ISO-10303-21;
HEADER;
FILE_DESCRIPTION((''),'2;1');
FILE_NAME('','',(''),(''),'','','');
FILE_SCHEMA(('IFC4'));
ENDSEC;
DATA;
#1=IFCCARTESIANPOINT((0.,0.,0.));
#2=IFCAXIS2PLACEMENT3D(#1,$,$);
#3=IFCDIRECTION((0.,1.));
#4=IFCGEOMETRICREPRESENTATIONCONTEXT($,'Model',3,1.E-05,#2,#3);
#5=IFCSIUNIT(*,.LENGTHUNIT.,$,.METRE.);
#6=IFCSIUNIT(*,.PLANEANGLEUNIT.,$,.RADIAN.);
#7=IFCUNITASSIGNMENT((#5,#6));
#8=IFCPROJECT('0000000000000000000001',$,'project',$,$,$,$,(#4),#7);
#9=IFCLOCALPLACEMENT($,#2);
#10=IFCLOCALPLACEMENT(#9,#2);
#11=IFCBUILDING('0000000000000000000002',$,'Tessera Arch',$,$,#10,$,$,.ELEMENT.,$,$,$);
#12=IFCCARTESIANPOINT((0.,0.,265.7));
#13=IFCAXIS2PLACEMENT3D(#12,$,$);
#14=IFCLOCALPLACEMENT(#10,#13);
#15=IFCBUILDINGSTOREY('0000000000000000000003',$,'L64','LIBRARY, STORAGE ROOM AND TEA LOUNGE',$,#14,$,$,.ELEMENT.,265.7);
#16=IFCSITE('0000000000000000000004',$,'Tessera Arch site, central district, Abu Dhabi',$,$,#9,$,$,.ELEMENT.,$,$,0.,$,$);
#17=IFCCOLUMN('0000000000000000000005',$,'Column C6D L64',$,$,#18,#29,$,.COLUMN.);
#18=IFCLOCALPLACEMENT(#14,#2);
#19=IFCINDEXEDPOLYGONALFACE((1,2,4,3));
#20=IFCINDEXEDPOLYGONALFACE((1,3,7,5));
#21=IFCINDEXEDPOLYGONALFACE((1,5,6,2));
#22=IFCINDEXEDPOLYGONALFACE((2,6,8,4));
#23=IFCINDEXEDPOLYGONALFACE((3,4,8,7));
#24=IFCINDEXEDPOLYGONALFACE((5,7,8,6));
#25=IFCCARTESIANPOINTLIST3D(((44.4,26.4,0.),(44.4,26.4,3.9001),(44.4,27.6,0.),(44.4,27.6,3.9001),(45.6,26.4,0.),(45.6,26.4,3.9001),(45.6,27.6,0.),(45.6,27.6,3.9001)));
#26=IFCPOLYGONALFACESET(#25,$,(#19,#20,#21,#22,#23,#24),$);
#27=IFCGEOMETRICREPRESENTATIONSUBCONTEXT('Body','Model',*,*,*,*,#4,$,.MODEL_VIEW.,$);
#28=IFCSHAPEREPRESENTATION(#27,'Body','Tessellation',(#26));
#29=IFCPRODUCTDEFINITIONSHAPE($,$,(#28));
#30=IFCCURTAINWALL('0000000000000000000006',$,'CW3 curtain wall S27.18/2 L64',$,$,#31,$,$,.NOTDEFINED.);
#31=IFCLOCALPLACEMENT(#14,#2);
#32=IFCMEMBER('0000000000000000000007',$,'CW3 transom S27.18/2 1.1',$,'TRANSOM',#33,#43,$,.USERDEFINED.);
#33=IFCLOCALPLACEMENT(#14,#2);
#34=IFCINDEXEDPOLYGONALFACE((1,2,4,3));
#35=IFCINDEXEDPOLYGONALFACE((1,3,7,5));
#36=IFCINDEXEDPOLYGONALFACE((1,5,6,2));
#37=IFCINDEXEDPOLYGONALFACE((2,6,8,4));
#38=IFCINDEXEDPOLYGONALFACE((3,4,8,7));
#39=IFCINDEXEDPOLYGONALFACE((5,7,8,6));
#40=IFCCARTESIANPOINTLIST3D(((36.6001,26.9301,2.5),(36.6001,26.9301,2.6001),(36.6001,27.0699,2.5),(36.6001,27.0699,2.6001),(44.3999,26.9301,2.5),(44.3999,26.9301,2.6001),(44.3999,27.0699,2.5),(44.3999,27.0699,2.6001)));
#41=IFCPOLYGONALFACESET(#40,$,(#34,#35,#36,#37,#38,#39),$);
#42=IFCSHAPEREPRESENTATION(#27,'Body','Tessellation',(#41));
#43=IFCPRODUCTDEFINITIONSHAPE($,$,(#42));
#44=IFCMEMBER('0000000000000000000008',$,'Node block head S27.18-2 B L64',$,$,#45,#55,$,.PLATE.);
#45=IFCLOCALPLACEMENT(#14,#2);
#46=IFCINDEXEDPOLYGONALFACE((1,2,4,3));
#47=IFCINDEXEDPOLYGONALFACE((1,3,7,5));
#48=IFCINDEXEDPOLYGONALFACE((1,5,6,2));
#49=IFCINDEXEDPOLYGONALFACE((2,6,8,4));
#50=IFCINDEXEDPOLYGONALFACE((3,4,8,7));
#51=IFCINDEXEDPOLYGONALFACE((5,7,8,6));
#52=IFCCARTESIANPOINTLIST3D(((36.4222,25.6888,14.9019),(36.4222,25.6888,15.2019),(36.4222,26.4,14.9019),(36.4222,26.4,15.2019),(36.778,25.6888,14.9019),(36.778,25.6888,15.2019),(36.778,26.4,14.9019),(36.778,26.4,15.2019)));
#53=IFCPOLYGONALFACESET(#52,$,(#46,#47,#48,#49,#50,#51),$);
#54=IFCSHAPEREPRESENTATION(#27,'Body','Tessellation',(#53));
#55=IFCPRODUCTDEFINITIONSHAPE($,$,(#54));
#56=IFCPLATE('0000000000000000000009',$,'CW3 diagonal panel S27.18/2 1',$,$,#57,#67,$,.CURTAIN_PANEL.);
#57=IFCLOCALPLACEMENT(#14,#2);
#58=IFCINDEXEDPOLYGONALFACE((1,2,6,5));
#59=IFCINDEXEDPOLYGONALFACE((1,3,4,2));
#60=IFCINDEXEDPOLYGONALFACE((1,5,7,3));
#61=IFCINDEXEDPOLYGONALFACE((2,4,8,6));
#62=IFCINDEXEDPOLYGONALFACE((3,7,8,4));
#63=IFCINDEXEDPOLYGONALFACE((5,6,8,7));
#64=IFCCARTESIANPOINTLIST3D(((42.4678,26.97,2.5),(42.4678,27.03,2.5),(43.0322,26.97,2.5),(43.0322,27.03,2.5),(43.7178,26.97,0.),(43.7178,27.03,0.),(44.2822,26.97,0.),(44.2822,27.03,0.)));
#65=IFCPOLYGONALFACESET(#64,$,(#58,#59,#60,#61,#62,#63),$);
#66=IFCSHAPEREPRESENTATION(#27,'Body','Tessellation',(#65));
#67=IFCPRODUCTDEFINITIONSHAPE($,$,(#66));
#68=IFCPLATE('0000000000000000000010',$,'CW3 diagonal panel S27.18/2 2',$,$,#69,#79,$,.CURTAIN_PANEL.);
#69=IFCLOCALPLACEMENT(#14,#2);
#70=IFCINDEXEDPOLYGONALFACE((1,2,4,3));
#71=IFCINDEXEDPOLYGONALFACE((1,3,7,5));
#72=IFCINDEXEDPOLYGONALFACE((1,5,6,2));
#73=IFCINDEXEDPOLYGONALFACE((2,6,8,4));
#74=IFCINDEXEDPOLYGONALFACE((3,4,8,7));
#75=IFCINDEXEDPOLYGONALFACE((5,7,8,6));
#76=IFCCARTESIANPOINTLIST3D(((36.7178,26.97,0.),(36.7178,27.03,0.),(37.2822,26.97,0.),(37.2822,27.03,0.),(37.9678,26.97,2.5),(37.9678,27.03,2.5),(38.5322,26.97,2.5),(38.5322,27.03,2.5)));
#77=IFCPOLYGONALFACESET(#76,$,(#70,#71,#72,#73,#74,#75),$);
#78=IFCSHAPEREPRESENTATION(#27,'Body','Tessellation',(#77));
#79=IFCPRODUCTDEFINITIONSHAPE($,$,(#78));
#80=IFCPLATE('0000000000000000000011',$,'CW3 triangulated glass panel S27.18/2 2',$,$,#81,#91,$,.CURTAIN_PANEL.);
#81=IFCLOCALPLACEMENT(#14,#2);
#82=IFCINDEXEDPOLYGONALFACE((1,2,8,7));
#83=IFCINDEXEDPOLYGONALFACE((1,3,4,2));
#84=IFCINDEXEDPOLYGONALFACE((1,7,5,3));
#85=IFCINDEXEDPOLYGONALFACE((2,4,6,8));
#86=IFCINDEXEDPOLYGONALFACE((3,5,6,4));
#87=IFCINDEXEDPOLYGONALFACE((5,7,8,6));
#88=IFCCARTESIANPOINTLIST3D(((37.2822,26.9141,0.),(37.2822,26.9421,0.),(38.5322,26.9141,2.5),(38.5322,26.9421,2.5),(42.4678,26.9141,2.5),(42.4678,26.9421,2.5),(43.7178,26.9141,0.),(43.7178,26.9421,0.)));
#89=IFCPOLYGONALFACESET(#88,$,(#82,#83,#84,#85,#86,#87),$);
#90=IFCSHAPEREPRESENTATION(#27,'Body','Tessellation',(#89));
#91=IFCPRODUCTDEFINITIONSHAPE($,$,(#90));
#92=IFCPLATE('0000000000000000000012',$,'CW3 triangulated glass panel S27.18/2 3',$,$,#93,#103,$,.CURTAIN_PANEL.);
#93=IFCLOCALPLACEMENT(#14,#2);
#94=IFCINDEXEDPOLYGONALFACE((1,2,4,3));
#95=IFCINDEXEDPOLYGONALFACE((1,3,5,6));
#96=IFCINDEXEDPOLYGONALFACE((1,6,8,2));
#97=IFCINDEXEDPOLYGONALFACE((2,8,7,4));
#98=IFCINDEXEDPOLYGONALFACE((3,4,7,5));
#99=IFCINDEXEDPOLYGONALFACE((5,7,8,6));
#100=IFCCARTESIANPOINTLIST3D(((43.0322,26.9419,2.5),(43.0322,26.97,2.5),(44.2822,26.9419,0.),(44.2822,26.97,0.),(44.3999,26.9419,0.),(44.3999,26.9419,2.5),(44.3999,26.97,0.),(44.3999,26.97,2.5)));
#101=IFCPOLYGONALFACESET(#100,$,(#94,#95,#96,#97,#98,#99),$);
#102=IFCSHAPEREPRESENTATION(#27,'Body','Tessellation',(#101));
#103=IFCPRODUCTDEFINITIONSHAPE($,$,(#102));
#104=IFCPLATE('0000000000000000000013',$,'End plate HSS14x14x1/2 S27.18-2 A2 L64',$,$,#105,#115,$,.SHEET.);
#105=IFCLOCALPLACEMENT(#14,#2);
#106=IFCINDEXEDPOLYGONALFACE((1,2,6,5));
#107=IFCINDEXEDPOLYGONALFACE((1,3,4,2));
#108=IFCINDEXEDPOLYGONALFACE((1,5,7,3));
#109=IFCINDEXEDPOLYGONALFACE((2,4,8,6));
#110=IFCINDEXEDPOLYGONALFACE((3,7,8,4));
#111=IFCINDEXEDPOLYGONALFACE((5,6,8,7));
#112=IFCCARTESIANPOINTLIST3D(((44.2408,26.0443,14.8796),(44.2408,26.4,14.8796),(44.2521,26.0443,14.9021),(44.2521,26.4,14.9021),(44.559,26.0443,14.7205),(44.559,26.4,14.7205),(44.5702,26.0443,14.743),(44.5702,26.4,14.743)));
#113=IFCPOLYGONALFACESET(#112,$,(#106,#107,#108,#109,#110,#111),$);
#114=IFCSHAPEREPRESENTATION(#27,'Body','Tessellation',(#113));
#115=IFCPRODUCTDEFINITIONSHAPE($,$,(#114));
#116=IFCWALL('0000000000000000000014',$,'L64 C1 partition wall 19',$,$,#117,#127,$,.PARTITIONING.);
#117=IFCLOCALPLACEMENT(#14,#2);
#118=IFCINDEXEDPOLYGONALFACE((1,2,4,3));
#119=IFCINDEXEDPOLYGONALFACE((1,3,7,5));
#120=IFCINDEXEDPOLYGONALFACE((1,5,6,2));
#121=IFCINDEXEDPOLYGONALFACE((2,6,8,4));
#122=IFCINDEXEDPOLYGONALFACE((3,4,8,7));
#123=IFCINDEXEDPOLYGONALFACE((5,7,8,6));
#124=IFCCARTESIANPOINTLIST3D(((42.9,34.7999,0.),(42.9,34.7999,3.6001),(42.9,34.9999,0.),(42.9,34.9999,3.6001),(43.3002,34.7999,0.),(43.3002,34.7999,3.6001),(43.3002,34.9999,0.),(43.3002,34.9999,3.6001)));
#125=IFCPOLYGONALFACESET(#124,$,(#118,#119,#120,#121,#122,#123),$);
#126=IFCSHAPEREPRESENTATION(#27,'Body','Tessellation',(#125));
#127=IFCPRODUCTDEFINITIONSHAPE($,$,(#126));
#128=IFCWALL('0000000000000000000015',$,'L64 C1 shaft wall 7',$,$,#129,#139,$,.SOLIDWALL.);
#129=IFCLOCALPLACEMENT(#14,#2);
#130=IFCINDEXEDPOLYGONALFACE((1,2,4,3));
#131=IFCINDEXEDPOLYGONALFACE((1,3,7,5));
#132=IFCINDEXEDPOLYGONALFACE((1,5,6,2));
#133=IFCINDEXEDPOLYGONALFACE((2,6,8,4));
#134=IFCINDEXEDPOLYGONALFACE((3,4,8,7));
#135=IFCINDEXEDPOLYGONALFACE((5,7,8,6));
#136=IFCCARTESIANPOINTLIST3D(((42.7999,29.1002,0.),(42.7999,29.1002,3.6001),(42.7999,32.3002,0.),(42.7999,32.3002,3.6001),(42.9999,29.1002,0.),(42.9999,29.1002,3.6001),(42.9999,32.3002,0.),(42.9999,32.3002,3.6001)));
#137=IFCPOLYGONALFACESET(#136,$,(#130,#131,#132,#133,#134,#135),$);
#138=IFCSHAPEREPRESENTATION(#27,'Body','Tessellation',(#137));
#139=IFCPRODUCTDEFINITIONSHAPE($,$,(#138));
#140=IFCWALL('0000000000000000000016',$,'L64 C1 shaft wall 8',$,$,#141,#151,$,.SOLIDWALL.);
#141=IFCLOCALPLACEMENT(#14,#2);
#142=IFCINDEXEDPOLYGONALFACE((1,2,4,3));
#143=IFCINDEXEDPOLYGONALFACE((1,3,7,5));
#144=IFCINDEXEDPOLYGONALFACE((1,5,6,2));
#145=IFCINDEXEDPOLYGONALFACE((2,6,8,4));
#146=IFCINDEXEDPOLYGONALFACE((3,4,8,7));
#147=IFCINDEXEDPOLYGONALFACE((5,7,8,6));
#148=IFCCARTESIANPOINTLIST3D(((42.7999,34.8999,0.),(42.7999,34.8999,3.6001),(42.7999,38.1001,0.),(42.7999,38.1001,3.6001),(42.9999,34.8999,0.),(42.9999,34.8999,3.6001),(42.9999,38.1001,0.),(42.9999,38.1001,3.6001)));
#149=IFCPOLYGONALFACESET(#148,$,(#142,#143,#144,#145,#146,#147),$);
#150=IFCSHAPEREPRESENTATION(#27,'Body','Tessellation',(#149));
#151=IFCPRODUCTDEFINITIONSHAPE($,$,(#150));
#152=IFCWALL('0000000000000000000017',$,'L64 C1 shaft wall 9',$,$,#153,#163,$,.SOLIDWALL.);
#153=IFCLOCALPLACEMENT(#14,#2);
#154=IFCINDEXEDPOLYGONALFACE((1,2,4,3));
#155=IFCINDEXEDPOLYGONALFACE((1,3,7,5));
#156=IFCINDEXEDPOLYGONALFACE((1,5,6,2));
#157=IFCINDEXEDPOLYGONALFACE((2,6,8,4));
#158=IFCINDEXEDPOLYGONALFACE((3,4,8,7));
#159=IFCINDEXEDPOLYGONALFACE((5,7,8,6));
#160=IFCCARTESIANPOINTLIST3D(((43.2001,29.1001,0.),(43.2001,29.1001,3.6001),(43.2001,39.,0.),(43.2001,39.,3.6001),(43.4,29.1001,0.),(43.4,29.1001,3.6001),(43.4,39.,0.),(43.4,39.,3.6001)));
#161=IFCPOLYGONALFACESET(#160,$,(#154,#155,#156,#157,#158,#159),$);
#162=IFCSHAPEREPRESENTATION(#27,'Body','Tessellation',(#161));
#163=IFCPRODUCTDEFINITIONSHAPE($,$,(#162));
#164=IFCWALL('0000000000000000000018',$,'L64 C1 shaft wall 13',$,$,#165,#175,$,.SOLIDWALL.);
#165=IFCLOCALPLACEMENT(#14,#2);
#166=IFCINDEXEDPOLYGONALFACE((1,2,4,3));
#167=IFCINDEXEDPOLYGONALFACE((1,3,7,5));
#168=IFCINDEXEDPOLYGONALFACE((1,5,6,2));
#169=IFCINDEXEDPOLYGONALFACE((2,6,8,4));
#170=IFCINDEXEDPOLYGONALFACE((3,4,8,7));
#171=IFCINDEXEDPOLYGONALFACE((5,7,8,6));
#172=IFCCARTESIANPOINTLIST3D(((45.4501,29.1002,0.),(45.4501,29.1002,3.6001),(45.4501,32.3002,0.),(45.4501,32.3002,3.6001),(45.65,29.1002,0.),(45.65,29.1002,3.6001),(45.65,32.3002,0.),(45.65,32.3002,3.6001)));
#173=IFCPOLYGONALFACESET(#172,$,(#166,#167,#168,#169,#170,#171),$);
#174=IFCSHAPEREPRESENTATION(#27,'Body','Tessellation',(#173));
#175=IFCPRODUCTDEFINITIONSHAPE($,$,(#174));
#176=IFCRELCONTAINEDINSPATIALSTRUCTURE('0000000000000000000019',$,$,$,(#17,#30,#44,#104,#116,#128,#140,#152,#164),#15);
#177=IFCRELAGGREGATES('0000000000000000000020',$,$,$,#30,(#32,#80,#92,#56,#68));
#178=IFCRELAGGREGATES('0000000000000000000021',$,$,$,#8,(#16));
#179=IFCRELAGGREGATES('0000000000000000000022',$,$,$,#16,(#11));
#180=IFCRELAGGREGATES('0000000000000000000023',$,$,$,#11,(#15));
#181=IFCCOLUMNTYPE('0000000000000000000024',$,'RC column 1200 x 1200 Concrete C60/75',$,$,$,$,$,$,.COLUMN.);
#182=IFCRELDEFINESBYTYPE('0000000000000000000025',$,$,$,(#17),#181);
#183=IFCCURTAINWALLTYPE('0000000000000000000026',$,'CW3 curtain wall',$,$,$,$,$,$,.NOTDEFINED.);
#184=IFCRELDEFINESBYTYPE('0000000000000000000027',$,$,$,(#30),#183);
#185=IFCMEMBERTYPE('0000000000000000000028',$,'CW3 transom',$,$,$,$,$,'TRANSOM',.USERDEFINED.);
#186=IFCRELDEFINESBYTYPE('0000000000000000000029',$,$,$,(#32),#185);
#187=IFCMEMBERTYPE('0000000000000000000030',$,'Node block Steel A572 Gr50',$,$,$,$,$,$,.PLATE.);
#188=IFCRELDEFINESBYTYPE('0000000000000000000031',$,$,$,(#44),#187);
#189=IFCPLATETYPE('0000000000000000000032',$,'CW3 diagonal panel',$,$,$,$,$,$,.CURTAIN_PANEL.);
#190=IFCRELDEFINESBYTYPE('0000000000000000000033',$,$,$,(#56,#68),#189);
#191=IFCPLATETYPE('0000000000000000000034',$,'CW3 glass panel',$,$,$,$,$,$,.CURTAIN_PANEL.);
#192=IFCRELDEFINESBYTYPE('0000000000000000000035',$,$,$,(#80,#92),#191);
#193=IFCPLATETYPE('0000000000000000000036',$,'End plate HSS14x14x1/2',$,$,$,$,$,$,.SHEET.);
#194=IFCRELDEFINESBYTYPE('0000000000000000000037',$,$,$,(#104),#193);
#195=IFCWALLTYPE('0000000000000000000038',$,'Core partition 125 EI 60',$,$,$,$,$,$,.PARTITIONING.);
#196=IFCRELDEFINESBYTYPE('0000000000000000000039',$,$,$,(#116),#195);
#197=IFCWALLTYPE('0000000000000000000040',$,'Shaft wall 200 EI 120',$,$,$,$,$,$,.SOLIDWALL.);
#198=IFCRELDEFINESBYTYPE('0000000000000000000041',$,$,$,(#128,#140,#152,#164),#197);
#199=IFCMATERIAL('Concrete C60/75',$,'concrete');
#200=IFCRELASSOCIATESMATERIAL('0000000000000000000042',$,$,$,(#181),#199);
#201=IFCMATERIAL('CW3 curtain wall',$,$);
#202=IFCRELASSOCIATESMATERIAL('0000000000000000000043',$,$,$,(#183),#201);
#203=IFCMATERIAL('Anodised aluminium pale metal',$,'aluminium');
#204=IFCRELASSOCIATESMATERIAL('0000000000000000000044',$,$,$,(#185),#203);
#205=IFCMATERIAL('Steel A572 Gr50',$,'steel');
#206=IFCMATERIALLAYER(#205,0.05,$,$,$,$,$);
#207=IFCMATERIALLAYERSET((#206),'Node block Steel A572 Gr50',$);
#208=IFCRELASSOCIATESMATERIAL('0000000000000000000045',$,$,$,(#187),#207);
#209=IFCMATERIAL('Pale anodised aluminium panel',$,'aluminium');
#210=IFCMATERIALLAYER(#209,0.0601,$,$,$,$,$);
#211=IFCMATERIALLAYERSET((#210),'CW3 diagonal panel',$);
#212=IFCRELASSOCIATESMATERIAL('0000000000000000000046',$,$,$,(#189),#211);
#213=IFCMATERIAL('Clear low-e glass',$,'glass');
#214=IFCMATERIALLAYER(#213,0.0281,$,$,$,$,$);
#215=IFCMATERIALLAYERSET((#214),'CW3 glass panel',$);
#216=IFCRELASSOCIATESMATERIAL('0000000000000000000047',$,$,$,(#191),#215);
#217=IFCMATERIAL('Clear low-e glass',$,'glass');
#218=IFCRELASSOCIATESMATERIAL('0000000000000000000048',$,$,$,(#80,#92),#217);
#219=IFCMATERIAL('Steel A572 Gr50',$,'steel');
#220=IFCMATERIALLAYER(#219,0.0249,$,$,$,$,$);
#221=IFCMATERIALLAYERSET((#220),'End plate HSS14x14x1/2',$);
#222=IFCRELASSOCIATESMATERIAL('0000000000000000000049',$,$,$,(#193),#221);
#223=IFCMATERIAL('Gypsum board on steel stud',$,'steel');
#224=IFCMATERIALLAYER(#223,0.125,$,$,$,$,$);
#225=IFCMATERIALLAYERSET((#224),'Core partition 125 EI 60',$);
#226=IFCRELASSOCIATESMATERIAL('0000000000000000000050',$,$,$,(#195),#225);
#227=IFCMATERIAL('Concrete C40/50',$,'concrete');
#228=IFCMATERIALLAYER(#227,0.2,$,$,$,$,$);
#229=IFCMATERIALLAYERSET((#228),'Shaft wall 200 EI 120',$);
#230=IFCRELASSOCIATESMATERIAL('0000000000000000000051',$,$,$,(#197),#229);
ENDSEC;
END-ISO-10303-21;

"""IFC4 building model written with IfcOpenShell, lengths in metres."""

from ifc_helpers import new_model, si_unit, direction, frame, frame_2d, origin, origin_2d, place, context, subcontext, project, spatial, polyline, rectangle, outline, extrude, material, layer, layer_set, material_profile, profile_set, type_object, element, aggregate, save


model = new_model("IFC4")

# Units and contexts
model_context = context("Model", 3, precision=1e-05, world=origin(), true_north=direction((0.0, 1.0)))
body_context = subcontext(model_context, "Body", "Model", "MODEL_VIEW")
ifc_project = project(units=[si_unit("LENGTHUNIT", "METRE"), si_unit("PLANEANGLEUNIT", "RADIAN")], contexts=[model_context])

# Site, building, storey
site_placement = place(None, origin())
site = spatial("IfcSite", under=ifc_project, at=site_placement, Name="Tessera Arch site, central district, Abu Dhabi", CompositionType="ELEMENT", RefElevation=0.0)
building_placement = place(site_placement, origin())
building = spatial("IfcBuilding", under=site, at=building_placement, Name="Tessera Arch", CompositionType="ELEMENT")
storey_placement = place(building_placement, frame((0.0, 0.0, 265.7)))
storey = spatial("IfcBuildingStorey", under=building, at=storey_placement, Name="L64", Description="LIBRARY, STORAGE ROOM AND TEA LOUNGE", CompositionType="ELEMENT", Elevation=265.7)

# Column
ifc_material_1 = material(Name="Concrete C60/75", Category="concrete")
ifc_material_profile_1 = material_profile(ifc_material_1, rectangle(XDim=1.2, YDim=1.2, at=origin_2d()), Name="RC column 1200 x 1200 Concrete C60/75")
ifc_profile_set_1 = profile_set([ifc_material_profile_1], Name="Concrete C60/75")
column_type = type_object("IfcColumnType", Name="RC column 1200 x 1200 Concrete C60/75", PredefinedType="COLUMN", material=ifc_profile_set_1)
column_placement = place(storey_placement, frame((45.0, 27.0, 0.0), z_axis=(0.0, 0.0, 1.0), x_axis=(1.0, 0.0, 0.0)))
element("IfcColumn", 1, at=column_placement, inside=storey, type_object=column_type, Name="Column C6D L64", PredefinedType="COLUMN", context=body_context, shape_type="SweptSolid", body=[
    extrude(rectangle(XDim=1.2, YDim=1.2, at=origin_2d()), origin(), (0.0, 0.0, 1.0), 3.9001),
])

# Curtain wall, member
ifc_material_2 = material(Name="CW3 curtain wall")
curtain_wall_type = type_object("IfcCurtainWallType", Name="CW3 curtain wall", PredefinedType="NOTDEFINED", material=ifc_material_2)
curtain_wall_placement = place(storey_placement, origin())
curtain_wall = element("IfcCurtainWall", 2, at=curtain_wall_placement, inside=storey, type_object=curtain_wall_type, Name="CW3 curtain wall S27.18/2 L64", PredefinedType="NOTDEFINED")
ifc_material_3 = material(Name="Anodised aluminium pale metal", Category="aluminium")
ifc_material_profile_2 = material_profile(ifc_material_3, rectangle(XDim=0.1399, YDim=0.1001, at=origin_2d()), Name="AL 140x100")
ifc_profile_set_2 = profile_set([ifc_material_profile_2], Name="Anodised aluminium pale metal")
member_type_1 = type_object("IfcMemberType", Name="CW3 transom", ElementType="TRANSOM", PredefinedType="USERDEFINED", material=ifc_profile_set_2)
member_1_placement = place(storey_placement, frame((36.6001, 27.0, 2.55), z_axis=(1.0, 0.0, 0.0), x_axis=(0.0, 1.0, 0.0)))
member_1 = element("IfcMember", 3, at=member_1_placement, type_object=member_type_1, Name="CW3 transom S27.18/2 1.1", ObjectType="TRANSOM", PredefinedType="USERDEFINED", context=body_context, shape_type="SweptSolid", body=[
    extrude(rectangle(XDim=0.1399, YDim=0.1001, at=origin_2d()), origin(), (0.0, 0.0, 1.0), 7.7998),
])

# Member
ifc_material_4 = material(Name="Steel A572 Gr50", Category="steel")
ifc_layer_1 = layer(ifc_material_4, 0.05)
ifc_layer_set_1 = layer_set([ifc_layer_1], Name="Node block Steel A572 Gr50")
member_type_2 = type_object("IfcMemberType", Name="Node block Steel A572 Gr50", PredefinedType="PLATE", material=ifc_layer_set_1)
member_2_placement = place(storey_placement, frame((36.6001, 26.0444, 14.9019), z_axis=(0.0, 0.0, 1.0), x_axis=(1.0, 0.0, 0.0)))
element("IfcMember", 4, at=member_2_placement, inside=storey, type_object=member_type_2, Name="Node block head S27.18-2 B L64", PredefinedType="PLATE", context=body_context, shape_type="SweptSolid", body=[
    extrude(rectangle(XDim=0.3557, YDim=0.7112, at=origin_2d()), origin(), (0.0, 0.0, 1.0), 0.3),
])

# Plates
ifc_material_5 = material(Name="Pale anodised aluminium panel", Category="aluminium")
ifc_layer_2 = layer(ifc_material_5, 0.0601)
ifc_layer_set_2 = layer_set([ifc_layer_2], Name="CW3 diagonal panel")
plate_type_1 = type_object("IfcPlateType", Name="CW3 diagonal panel", PredefinedType="CURTAIN_PANEL", material=ifc_layer_set_2)
plate_1_placement = place(storey_placement, frame((43.0322, 26.97, 2.5), z_axis=(0.0, -1.0, 0.0), x_axis=(-1.0, 0.0, 0.0)))
plate_1 = element("IfcPlate", 5, at=plate_1_placement, type_object=plate_type_1, Name="CW3 diagonal panel S27.18/2 1", PredefinedType="CURTAIN_PANEL", context=body_context, shape_type="SweptSolid", body=[
    extrude(outline(polyline([(0.0, 0.0), (0.5645, 0.0), (-0.6855, 2.5), (-1.25, 2.5), (0.0, 0.0)])), origin(), (0.0, 0.0, -1.0), 0.0601),
])
plate_2_placement = place(storey_placement, frame((38.5322, 26.97, 2.5), z_axis=(0.0, -1.0, 0.0), x_axis=(-1.0, 0.0, 0.0)))
plate_2 = element("IfcPlate", 6, at=plate_2_placement, type_object=plate_type_1, Name="CW3 diagonal panel S27.18/2 2", PredefinedType="CURTAIN_PANEL", context=body_context, shape_type="SweptSolid", body=[
    extrude(outline(polyline([(0.0, 0.0), (0.5645, 0.0), (1.8145, 2.5), (1.25, 2.5), (0.0, 0.0)])), origin(), (0.0, 0.0, -1.0), 0.0601),
])
ifc_material_6 = material(Name="Clear low-e glass", Category="glass")
ifc_material_7 = material(Name="Clear low-e glass", Category="glass")
ifc_layer_3 = layer(ifc_material_7, 0.0281)
ifc_layer_set_3 = layer_set([ifc_layer_3], Name="CW3 glass panel")
plate_type_2 = type_object("IfcPlateType", Name="CW3 glass panel", PredefinedType="CURTAIN_PANEL", material=ifc_layer_set_3)
plate_3_placement = place(storey_placement, frame((42.4678, 26.9141, 2.5), z_axis=(0.0, -1.0, 0.0), x_axis=(-1.0, 0.0, 0.0)))
plate_3 = element("IfcPlate", 7, at=plate_3_placement, type_object=plate_type_2, material=ifc_material_6, Name="CW3 triangulated glass panel S27.18/2 2", PredefinedType="CURTAIN_PANEL", context=body_context, shape_type="SweptSolid", body=[
    extrude(outline(polyline([(0.0, 0.0), (3.9355, 0.0), (5.1855, 2.5), (-1.25, 2.5), (0.0, 0.0)])), origin(), (0.0, 0.0, -1.0), 0.0281),
])
plate_4_placement = place(storey_placement, frame((44.3999, 26.9419, 2.5), z_axis=(0.0, -1.0, 0.0), x_axis=(-1.0, 0.0, 0.0)))
plate_4 = element("IfcPlate", 8, at=plate_4_placement, type_object=plate_type_2, material=ifc_material_6, Name="CW3 triangulated glass panel S27.18/2 3", PredefinedType="CURTAIN_PANEL", context=body_context, shape_type="SweptSolid", body=[
    extrude(outline(polyline([(0.0, 0.0), (1.3677, 0.0), (0.1177, 2.5), (0.0, 2.5), (0.0, 0.0)])), origin(), (0.0, 0.0, -1.0), 0.0281),
])
aggregate(curtain_wall, [member_1, plate_3, plate_4, plate_1, plate_2])
ifc_material_8 = material(Name="Steel A572 Gr50", Category="steel")
ifc_layer_4 = layer(ifc_material_8, 0.0249)
ifc_layer_set_4 = layer_set([ifc_layer_4], Name="End plate HSS14x14x1/2")
plate_type_3 = type_object("IfcPlateType", Name="End plate HSS14x14x1/2", PredefinedType="SHEET", material=ifc_layer_set_4)
plate_5_placement = place(storey_placement, frame((44.3999, 26.2222, 14.8), z_axis=(0.447214, 0.0, 0.894427), x_axis=(0.0, 1.0, 0.0)))
element("IfcPlate", 9, at=plate_5_placement, inside=storey, type_object=plate_type_3, Name="End plate HSS14x14x1/2 S27.18-2 A2 L64", PredefinedType="SHEET", context=body_context, shape_type="SweptSolid", body=[
    extrude(rectangle(XDim=0.3557, YDim=0.3557, at=origin_2d()), origin(), (0.0, 0.0, 1.0), 0.0251),
])

# Walls
ifc_material_9 = material(Name="Gypsum board on steel stud", Category="steel")
ifc_layer_5 = layer(ifc_material_9, 0.125)
ifc_layer_set_5 = layer_set([ifc_layer_5], Name="Core partition 125 EI 60")
wall_type_1 = type_object("IfcWallType", Name="Core partition 125 EI 60", PredefinedType="PARTITIONING", material=ifc_layer_set_5)
wall_1_placement = place(storey_placement, frame((42.8999, 34.8999, 0.0), z_axis=(0.0, 0.0, 1.0), x_axis=(1.0, 0.0, 0.0)))
element("IfcWall", 10, at=wall_1_placement, inside=storey, type_object=wall_type_1, Name="L64 C1 partition wall 19", PredefinedType="PARTITIONING", context=body_context, shape_type="SweptSolid", body=[
    extrude(rectangle(XDim=0.4001, YDim=0.2, at=frame_2d((0.2002, 0.0))), origin(), (0.0, 0.0, 1.0), 3.6001),
])
ifc_material_10 = material(Name="Concrete C40/50", Category="concrete")
ifc_layer_6 = layer(ifc_material_10, 0.2)
ifc_layer_set_6 = layer_set([ifc_layer_6], Name="Shaft wall 200 EI 120")
wall_type_2 = type_object("IfcWallType", Name="Shaft wall 200 EI 120", PredefinedType="SOLIDWALL", material=ifc_layer_set_6)
wall_2_placement = place(storey_placement, frame((42.8999, 29.1001, 0.0), z_axis=(0.0, 0.0, 1.0), x_axis=(0.0, 1.0, 0.0)))
element("IfcWall", 11, at=wall_2_placement, inside=storey, type_object=wall_type_2, Name="L64 C1 shaft wall 7", PredefinedType="SOLIDWALL", context=body_context, shape_type="SweptSolid", body=[
    extrude(rectangle(XDim=3.2, YDim=0.2, at=frame_2d((1.6001, 0.0))), origin(), (0.0, 0.0, 1.0), 3.6001),
])
wall_3_placement = place(storey_placement, frame((42.8999, 34.8999, 0.0), z_axis=(0.0, 0.0, 1.0), x_axis=(0.0, 1.0, 0.0)))
element("IfcWall", 12, at=wall_3_placement, inside=storey, type_object=wall_type_2, Name="L64 C1 shaft wall 8", PredefinedType="SOLIDWALL", context=body_context, shape_type="SweptSolid", body=[
    extrude(rectangle(XDim=3.2002, YDim=0.2, at=frame_2d((1.6001, 0.0))), origin(), (0.0, 0.0, 1.0), 3.6001),
])
wall_4_placement = place(storey_placement, frame((43.3, 29.1001, 0.0), z_axis=(0.0, 0.0, 1.0), x_axis=(0.0, 1.0, 0.0)))
element("IfcWall", 13, at=wall_4_placement, inside=storey, type_object=wall_type_2, Name="L64 C1 shaft wall 9", PredefinedType="SOLIDWALL", context=body_context, shape_type="SweptSolid", body=[
    extrude(rectangle(XDim=9.8999, YDim=0.2, at=frame_2d((4.95, 0.0))), origin(), (0.0, 0.0, 1.0), 3.6001),
])
wall_5_placement = place(storey_placement, frame((45.55, 29.1001, 0.0), z_axis=(0.0, 0.0, 1.0), x_axis=(0.0, 1.0, 0.0)))
element("IfcWall", 14, at=wall_5_placement, inside=storey, type_object=wall_type_2, Name="L64 C1 shaft wall 13", PredefinedType="SOLIDWALL", context=body_context, shape_type="SweptSolid", body=[
    extrude(rectangle(XDim=3.2, YDim=0.2, at=frame_2d((1.6001, 0.0))), origin(), (0.0, 0.0, 1.0), 3.6001),
])

save(model, "model.ifc")
